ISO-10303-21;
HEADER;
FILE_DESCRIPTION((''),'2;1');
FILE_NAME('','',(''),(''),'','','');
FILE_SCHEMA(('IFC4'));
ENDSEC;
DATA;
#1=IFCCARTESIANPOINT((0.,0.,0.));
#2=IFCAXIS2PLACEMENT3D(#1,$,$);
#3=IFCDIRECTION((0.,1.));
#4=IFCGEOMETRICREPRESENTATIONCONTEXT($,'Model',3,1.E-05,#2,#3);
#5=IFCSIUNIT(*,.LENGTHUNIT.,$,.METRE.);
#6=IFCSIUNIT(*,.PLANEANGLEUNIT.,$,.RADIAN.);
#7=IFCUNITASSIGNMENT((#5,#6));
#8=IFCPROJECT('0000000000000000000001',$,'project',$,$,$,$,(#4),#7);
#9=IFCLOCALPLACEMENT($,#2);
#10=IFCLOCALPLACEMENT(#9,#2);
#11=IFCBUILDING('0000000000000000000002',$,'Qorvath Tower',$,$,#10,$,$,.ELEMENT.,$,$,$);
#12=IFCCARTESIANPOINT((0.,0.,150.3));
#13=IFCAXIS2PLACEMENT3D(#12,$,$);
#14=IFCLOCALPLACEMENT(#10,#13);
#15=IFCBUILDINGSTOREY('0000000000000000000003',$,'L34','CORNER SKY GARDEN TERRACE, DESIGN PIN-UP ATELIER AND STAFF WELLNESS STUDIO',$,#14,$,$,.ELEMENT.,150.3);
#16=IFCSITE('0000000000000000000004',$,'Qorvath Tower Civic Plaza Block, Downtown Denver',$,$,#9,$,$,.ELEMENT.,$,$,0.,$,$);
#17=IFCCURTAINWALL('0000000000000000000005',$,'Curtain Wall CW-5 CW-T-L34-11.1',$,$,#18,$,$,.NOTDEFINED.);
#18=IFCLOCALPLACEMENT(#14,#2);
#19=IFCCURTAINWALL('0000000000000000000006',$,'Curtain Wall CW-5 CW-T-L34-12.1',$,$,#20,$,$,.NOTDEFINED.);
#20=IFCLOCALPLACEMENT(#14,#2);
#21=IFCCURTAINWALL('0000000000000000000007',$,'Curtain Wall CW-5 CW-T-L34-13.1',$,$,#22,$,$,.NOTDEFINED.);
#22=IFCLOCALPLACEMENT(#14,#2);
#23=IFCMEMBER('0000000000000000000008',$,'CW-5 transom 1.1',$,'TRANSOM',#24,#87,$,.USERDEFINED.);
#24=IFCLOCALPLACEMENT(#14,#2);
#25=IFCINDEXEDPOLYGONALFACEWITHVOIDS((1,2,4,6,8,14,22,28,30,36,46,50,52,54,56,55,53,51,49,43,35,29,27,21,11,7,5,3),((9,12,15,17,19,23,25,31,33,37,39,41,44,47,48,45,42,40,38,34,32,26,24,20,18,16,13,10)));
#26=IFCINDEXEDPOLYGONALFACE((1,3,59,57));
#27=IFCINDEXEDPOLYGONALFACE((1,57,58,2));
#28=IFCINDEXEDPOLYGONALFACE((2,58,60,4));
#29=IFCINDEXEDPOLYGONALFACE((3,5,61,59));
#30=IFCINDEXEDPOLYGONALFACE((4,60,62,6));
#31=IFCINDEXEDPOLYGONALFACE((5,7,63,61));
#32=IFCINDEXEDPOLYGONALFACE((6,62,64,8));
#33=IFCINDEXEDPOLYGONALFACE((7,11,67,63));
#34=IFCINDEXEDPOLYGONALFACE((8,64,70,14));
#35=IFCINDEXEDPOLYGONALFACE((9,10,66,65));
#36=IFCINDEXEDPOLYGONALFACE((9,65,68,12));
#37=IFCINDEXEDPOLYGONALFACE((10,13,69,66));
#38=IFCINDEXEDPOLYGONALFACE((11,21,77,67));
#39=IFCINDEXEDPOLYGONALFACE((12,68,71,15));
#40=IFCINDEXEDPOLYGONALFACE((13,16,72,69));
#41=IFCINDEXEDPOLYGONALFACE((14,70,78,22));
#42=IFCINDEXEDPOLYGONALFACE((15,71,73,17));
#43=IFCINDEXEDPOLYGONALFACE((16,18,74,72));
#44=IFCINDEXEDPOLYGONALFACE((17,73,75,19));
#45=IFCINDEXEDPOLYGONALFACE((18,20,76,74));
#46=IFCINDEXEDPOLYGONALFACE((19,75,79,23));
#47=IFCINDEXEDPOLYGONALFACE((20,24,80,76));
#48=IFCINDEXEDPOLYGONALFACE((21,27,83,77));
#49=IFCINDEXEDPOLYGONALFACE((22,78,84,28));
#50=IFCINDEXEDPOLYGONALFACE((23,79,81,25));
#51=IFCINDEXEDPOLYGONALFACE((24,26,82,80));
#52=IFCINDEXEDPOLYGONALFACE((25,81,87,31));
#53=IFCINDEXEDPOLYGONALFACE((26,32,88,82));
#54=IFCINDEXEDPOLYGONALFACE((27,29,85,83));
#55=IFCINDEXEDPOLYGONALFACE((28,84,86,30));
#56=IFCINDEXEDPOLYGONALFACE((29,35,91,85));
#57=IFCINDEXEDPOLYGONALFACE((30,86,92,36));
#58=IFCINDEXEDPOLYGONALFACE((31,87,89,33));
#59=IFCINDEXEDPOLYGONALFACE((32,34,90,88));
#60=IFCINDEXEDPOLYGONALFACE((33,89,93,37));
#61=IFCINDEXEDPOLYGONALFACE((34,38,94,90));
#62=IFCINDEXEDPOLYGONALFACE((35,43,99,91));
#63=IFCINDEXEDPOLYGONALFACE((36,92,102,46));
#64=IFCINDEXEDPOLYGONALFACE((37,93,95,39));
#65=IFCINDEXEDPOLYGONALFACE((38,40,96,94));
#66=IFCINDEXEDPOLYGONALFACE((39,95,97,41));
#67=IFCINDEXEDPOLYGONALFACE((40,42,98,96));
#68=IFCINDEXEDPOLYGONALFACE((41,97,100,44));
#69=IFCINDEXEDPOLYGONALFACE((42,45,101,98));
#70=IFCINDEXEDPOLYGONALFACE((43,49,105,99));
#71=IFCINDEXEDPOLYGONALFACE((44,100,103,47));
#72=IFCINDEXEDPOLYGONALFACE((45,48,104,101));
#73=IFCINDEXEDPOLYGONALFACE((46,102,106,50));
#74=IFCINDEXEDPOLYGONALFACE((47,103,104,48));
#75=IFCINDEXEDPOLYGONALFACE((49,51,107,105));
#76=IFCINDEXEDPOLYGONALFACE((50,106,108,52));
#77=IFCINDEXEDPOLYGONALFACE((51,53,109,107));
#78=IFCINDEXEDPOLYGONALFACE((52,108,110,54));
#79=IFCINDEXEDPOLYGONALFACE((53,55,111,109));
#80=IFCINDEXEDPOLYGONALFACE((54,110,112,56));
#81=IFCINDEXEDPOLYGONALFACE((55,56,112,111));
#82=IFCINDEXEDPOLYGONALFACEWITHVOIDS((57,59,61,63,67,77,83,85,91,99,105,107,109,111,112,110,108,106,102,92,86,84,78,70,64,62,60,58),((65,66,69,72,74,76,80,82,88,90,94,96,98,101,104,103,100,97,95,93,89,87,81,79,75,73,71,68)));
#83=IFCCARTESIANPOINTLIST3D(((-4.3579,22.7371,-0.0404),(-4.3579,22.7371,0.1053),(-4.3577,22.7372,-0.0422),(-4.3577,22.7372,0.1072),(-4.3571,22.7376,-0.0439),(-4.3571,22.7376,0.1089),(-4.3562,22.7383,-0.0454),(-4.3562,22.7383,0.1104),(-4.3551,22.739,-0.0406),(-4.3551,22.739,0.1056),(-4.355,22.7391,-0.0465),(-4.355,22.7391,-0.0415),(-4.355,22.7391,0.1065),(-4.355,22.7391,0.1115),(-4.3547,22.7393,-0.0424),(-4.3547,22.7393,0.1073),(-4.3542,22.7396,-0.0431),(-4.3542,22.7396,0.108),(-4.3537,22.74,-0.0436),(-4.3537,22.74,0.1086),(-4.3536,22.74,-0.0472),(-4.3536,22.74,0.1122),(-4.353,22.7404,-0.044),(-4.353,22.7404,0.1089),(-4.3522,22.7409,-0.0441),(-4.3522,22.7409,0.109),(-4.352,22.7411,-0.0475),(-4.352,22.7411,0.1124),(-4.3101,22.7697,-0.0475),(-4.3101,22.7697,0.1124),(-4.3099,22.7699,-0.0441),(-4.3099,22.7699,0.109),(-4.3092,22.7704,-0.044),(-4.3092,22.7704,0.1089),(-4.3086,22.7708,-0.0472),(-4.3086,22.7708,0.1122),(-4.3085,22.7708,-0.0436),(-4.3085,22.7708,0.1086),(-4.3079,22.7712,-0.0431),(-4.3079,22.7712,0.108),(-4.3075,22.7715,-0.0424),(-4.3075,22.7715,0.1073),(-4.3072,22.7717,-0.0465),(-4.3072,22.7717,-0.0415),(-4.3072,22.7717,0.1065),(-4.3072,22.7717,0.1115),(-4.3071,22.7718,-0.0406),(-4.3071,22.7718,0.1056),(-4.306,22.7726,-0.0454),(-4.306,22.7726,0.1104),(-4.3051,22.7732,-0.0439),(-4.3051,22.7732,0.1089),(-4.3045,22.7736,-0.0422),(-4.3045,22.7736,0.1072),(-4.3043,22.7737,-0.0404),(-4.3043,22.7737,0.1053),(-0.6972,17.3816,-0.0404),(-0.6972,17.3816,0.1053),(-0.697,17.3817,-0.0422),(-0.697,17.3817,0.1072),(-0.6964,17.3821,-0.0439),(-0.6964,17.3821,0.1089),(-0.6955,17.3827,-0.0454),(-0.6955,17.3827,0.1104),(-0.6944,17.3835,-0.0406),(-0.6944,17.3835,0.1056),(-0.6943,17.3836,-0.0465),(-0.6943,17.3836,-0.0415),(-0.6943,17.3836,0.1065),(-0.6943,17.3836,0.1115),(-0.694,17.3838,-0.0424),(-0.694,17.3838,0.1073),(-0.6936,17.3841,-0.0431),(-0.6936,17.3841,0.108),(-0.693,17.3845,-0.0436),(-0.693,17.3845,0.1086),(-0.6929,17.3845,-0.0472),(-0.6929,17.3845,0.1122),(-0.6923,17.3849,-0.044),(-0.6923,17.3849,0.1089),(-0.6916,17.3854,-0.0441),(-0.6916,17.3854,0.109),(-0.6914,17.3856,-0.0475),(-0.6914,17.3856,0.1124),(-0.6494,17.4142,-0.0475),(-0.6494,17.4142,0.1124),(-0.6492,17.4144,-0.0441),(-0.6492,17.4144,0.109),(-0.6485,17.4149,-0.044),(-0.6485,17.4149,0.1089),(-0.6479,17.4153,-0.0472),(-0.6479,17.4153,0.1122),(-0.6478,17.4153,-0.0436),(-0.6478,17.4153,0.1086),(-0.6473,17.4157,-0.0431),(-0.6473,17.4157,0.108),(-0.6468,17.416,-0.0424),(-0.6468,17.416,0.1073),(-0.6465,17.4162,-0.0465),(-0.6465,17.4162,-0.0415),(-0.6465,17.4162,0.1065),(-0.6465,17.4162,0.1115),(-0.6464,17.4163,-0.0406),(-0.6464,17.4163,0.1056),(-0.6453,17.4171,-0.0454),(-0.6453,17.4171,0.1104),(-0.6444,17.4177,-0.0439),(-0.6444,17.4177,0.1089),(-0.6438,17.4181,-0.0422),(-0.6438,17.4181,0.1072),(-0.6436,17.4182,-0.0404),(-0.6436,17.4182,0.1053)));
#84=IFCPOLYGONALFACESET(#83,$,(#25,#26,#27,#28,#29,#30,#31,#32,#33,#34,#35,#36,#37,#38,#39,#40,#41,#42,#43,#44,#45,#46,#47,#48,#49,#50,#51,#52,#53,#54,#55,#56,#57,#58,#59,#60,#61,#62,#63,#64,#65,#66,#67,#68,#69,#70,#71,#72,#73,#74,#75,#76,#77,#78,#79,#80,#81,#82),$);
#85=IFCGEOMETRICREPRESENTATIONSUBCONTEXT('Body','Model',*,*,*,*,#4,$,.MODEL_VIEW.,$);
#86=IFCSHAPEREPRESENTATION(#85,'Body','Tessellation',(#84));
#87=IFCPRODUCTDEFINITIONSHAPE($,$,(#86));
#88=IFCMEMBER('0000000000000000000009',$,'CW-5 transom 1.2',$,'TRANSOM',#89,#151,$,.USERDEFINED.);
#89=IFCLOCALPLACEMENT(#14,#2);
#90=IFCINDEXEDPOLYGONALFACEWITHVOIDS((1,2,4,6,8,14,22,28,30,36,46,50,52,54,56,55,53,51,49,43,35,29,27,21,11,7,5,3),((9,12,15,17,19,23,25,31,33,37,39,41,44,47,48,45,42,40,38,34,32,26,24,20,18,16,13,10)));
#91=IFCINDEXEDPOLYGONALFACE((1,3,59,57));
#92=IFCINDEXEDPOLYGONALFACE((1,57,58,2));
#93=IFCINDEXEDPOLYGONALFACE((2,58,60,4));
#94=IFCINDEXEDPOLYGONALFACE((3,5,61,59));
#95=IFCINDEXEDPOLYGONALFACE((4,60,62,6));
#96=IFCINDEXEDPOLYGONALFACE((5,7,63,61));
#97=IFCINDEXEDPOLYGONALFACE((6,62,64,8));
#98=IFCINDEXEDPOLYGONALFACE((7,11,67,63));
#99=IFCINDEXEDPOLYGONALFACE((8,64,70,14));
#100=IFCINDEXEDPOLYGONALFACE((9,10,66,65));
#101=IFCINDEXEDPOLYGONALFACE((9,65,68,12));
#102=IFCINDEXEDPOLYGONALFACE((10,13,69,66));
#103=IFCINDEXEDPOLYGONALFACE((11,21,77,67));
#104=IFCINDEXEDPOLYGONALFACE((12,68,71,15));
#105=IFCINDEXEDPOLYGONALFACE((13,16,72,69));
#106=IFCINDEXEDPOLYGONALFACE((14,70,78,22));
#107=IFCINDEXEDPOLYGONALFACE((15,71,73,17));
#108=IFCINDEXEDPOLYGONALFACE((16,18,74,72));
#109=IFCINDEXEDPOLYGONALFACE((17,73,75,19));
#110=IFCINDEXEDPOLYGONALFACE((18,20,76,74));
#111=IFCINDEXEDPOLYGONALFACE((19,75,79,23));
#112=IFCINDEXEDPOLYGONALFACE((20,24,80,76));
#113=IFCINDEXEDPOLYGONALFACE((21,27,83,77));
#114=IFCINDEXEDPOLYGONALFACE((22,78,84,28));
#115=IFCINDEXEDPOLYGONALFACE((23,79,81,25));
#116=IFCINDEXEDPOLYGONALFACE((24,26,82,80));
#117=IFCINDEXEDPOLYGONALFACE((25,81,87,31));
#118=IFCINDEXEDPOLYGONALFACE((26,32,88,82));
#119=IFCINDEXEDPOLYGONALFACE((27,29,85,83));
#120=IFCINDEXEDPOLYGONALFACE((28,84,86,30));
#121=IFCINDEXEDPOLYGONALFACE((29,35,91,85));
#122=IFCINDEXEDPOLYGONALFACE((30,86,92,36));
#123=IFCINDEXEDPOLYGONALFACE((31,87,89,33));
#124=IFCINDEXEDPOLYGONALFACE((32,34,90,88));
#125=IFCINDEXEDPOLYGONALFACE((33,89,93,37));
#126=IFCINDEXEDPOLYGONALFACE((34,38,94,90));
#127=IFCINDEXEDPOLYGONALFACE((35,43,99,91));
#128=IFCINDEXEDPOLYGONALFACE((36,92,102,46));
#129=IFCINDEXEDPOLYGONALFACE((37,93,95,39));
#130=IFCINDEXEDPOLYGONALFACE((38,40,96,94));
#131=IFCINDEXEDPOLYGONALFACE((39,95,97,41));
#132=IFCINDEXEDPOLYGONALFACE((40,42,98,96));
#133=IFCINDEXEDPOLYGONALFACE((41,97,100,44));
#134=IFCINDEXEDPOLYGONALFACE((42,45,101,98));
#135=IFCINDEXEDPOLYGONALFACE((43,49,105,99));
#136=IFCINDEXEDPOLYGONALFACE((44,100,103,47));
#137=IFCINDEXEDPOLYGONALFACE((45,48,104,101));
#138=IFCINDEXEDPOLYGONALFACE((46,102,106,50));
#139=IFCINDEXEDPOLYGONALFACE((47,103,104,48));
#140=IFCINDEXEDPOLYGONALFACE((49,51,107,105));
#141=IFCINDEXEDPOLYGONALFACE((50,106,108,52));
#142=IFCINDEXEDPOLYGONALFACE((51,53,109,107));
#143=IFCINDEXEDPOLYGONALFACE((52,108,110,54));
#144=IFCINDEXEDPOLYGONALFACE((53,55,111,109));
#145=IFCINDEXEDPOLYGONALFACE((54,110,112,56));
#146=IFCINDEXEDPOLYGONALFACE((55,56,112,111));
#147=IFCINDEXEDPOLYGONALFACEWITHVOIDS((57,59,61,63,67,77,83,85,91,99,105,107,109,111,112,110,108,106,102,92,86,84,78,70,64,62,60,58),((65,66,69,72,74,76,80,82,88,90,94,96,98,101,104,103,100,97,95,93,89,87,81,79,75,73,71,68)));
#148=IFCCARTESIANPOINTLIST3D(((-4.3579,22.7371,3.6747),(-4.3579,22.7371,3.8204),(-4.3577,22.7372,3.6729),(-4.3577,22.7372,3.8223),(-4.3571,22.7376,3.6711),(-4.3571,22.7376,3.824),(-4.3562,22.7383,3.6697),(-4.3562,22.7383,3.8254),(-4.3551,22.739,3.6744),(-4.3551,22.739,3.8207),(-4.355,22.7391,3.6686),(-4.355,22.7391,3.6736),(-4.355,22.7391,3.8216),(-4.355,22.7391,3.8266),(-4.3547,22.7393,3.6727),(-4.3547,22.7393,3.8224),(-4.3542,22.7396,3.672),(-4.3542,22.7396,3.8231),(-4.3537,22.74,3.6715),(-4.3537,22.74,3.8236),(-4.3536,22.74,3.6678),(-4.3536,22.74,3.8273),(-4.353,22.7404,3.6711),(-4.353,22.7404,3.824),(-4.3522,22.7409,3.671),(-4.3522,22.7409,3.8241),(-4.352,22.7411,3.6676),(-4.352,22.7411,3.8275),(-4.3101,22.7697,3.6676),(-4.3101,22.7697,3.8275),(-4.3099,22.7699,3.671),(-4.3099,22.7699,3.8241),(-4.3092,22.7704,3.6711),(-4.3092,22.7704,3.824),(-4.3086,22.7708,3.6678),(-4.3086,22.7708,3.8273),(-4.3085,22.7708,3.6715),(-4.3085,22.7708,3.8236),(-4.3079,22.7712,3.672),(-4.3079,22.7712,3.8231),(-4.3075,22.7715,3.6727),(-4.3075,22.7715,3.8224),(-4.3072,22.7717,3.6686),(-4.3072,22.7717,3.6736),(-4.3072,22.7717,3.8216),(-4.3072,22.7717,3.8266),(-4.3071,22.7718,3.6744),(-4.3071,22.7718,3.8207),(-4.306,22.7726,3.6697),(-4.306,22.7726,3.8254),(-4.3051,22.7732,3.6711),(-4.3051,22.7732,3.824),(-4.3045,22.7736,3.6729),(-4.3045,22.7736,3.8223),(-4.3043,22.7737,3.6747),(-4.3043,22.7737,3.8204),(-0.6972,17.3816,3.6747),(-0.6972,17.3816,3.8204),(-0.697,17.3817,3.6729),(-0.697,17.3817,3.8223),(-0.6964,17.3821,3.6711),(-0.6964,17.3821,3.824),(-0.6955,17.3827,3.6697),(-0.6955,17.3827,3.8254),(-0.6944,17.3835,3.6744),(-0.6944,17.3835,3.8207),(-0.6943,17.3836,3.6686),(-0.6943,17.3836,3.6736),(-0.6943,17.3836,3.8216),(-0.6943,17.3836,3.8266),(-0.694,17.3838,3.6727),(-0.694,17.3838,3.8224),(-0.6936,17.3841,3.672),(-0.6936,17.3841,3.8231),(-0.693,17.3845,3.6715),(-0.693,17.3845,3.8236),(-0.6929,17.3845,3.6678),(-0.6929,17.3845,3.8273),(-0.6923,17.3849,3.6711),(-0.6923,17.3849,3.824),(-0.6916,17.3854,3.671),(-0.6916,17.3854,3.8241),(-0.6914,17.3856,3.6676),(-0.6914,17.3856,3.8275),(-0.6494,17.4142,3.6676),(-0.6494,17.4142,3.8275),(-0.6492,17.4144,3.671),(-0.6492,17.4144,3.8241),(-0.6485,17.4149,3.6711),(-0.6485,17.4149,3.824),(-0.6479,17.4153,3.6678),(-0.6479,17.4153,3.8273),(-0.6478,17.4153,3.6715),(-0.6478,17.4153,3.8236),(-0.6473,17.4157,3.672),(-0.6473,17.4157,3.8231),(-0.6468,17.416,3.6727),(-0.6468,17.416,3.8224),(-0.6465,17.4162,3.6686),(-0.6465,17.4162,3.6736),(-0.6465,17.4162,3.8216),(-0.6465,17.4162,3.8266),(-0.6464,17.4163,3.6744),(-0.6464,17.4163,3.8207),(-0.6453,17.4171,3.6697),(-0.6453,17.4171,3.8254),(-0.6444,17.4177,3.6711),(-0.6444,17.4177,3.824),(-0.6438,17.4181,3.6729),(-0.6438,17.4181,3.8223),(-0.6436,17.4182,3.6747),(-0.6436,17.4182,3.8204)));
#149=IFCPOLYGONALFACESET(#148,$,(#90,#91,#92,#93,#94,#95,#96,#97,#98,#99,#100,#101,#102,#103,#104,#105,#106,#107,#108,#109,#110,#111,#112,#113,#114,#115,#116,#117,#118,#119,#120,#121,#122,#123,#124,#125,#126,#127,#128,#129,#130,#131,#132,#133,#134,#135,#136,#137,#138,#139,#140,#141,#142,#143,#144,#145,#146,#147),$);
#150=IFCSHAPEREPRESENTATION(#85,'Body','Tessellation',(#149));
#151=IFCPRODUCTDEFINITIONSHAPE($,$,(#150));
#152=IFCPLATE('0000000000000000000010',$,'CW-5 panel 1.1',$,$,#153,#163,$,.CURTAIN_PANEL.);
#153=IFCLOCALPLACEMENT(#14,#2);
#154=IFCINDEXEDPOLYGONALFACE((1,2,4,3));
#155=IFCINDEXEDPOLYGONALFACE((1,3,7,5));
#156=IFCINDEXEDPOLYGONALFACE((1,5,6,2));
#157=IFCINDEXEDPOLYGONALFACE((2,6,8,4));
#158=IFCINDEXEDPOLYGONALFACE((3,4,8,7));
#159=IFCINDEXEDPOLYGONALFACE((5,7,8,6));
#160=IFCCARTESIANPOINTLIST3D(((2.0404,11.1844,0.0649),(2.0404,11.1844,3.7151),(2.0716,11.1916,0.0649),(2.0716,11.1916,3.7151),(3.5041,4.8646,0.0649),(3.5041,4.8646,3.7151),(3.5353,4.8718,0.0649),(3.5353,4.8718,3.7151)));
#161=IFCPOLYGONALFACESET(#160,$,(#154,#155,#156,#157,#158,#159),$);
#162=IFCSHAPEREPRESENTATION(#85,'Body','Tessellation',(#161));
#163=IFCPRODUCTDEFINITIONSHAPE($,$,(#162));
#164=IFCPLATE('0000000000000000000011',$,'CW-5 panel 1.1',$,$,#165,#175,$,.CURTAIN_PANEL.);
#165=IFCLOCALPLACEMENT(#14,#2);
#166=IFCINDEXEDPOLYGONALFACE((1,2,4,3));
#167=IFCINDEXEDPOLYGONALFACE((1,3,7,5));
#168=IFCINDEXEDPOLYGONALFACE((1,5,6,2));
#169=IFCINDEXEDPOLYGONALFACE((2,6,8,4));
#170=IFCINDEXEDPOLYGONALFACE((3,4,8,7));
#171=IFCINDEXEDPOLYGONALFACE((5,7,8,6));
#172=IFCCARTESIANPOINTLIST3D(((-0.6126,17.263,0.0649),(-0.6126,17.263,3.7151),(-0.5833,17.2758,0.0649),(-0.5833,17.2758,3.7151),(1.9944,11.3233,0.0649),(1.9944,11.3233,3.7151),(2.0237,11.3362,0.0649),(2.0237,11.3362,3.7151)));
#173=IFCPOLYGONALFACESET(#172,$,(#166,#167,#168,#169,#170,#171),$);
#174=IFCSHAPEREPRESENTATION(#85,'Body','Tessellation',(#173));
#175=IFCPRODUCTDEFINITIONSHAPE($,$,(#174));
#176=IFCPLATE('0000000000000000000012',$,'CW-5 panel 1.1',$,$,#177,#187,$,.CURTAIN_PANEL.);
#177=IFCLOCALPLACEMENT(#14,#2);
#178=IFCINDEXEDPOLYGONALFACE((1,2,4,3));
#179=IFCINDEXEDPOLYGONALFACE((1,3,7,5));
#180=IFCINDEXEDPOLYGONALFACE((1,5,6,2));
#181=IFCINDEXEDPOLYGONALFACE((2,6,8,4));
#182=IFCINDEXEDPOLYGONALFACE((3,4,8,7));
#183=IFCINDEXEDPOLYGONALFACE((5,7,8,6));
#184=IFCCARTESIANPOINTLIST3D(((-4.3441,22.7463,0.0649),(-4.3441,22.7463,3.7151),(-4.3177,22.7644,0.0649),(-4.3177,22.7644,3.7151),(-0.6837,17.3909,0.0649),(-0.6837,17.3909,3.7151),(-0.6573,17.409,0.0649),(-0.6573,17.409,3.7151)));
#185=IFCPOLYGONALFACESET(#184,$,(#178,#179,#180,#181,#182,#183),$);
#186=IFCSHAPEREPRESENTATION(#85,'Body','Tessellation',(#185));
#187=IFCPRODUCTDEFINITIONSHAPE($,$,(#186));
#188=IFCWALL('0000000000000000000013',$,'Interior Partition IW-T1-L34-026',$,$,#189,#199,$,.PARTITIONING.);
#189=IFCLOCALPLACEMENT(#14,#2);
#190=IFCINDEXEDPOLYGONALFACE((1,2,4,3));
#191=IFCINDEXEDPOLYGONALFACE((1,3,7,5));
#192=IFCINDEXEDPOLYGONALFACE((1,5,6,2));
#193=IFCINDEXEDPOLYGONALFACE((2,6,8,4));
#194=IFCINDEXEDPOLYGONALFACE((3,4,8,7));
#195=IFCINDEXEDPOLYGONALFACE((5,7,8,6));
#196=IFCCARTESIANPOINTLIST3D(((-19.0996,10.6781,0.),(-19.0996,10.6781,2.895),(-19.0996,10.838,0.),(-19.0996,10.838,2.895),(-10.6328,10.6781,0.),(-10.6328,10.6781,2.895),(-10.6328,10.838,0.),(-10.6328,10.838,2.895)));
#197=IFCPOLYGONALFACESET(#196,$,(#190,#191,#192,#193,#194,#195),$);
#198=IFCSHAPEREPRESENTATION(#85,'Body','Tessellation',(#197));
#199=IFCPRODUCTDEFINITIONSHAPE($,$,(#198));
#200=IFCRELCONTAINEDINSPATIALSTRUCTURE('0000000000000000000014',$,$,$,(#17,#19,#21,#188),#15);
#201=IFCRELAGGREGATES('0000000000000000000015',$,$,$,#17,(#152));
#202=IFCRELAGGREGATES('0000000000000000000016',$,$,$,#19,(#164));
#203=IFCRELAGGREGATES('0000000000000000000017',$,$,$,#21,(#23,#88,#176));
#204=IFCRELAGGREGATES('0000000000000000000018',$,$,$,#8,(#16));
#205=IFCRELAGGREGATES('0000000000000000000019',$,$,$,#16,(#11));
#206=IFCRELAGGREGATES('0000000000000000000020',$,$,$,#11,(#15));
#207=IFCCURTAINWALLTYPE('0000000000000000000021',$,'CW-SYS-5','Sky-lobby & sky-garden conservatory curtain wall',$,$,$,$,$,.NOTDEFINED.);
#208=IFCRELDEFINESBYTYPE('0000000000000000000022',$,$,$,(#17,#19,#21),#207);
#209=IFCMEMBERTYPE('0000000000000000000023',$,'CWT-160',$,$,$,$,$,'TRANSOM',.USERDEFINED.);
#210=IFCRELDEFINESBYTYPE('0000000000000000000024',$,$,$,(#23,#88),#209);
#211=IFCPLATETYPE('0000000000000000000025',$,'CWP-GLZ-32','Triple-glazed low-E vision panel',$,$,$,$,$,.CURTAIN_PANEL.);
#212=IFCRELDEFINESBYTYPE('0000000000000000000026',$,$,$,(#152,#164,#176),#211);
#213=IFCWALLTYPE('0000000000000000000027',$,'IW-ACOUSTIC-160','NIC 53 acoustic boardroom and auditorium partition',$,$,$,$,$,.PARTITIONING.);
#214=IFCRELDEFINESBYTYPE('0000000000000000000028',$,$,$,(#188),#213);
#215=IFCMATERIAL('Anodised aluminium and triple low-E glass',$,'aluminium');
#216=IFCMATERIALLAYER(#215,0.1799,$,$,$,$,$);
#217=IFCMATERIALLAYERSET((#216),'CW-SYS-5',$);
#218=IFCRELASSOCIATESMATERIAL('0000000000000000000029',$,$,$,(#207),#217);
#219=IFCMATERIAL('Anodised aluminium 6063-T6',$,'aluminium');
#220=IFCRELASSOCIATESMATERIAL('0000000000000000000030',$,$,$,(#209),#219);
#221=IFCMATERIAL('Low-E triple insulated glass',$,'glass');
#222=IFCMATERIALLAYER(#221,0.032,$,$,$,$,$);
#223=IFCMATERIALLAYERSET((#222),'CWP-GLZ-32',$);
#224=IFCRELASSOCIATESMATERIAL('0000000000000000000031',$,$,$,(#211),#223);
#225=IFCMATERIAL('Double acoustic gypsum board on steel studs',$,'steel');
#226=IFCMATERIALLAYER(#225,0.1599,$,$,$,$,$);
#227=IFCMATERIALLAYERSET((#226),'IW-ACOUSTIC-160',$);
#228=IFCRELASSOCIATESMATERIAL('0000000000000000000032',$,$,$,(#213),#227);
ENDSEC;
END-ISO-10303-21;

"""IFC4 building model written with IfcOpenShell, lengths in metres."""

from ifc_helpers import new_model, si_unit, direction, frame, frame_2d, origin, origin_2d, place, context, subcontext, project, spatial, rectangle, hollow_rectangle, extrude, material, layer, layer_set, material_profile, profile_set, type_object, element, aggregate, save


model = new_model("IFC4")

# Units and contexts
model_context = context("Model", 3, precision=1e-05, world=origin(), true_north=direction((0.0, 1.0)))
body_context = subcontext(model_context, "Body", "Model", "MODEL_VIEW")
ifc_project = project(units=[si_unit("LENGTHUNIT", "METRE"), si_unit("PLANEANGLEUNIT", "RADIAN")], contexts=[model_context])

# Site, building, storey
site_placement = place(None, origin())
site = spatial("IfcSite", under=ifc_project, at=site_placement, Name="Qorvath Tower Civic Plaza Block, Downtown Denver", CompositionType="ELEMENT", RefElevation=0.0)
building_placement = place(site_placement, origin())
building = spatial("IfcBuilding", under=site, at=building_placement, Name="Qorvath Tower", CompositionType="ELEMENT")
storey_placement = place(building_placement, frame((0.0, 0.0, 150.3)))
storey = spatial("IfcBuildingStorey", under=building, at=storey_placement, Name="L34", Description="CORNER SKY GARDEN TERRACE, DESIGN PIN-UP ATELIER AND STAFF WELLNESS STUDIO", CompositionType="ELEMENT", Elevation=150.3)

# Curtain wall
ifc_material_1 = material(Name="Anodised aluminium and triple low-E glass", Category="aluminium")
ifc_layer_1 = layer(ifc_material_1, 0.1799)
ifc_layer_set_1 = layer_set([ifc_layer_1], Name="CW-SYS-5")
curtain_wall_type = type_object("IfcCurtainWallType", Name="CW-SYS-5", Description="Sky-lobby & sky-garden conservatory curtain wall", PredefinedType="NOTDEFINED", material=ifc_layer_set_1)
curtain_wall_1_placement = place(storey_placement, origin())
curtain_wall_1 = element("IfcCurtainWall", 1, at=curtain_wall_1_placement, inside=storey, type_object=curtain_wall_type, Name="Curtain Wall CW-5 CW-T-L34-11.1", PredefinedType="NOTDEFINED")

# Curtain wall
curtain_wall_2_placement = place(storey_placement, origin())
curtain_wall_2 = element("IfcCurtainWall", 2, at=curtain_wall_2_placement, inside=storey, type_object=curtain_wall_type, Name="Curtain Wall CW-5 CW-T-L34-12.1", PredefinedType="NOTDEFINED")

# Curtain wall
curtain_wall_3_placement = place(storey_placement, origin())
curtain_wall_3 = element("IfcCurtainWall", 3, at=curtain_wall_3_placement, inside=storey, type_object=curtain_wall_type, Name="Curtain Wall CW-5 CW-T-L34-13.1", PredefinedType="NOTDEFINED")

# Members
ifc_material_2 = material(Name="Anodised aluminium 6063-T6", Category="aluminium")
ifc_material_profile_1 = material_profile(ifc_material_2, hollow_rectangle(XDim=0.0649, YDim=0.1599, WallThickness=0.0034, InnerFilletRadius=0.0034, OuterFilletRadius=0.0071, at=origin_2d()), Name="CWT 160x65")
ifc_profile_set_1 = profile_set([ifc_material_profile_1], Name="Anodised aluminium 6063-T6")
member_type_1 = type_object("IfcMemberType", Name="CWT-160", ElementType="TRANSOM", PredefinedType="USERDEFINED", material=ifc_profile_set_1)
member_1_placement = place(storey_placement, frame((-0.6704, 17.3999, 0.0325), z_axis=(-0.564303, 0.825567, 0.0), x_axis=(-0.825567, -0.564303, 0.0)))
member_1 = element("IfcMember", 4, at=member_1_placement, type_object=member_type_1, Name="CW-5 transom 1.1", ObjectType="TRANSOM", PredefinedType="USERDEFINED", context=body_context, shape_type="SweptSolid", body=[
    extrude(hollow_rectangle(XDim=0.0649, YDim=0.1599, WallThickness=0.0034, InnerFilletRadius=0.0034, OuterFilletRadius=0.0071, at=origin_2d()), origin(), (0.0, 0.0, 1.0), 6.4871),
])
member_2_placement = place(storey_placement, frame((-0.6704, 17.3999, 3.7476), z_axis=(-0.564303, 0.825567, 0.0), x_axis=(-0.825567, -0.564303, 0.0)))
member_2 = element("IfcMember", 5, at=member_2_placement, type_object=member_type_1, Name="CW-5 transom 1.2", ObjectType="TRANSOM", PredefinedType="USERDEFINED", context=body_context, shape_type="SweptSolid", body=[
    extrude(hollow_rectangle(XDim=0.0649, YDim=0.1599, WallThickness=0.0034, InnerFilletRadius=0.0034, OuterFilletRadius=0.0071, at=origin_2d()), origin(), (0.0, 0.0, 1.0), 6.4871),
])

# Plates
ifc_material_3 = material(Name="Low-E triple insulated glass", Category="glass")
ifc_layer_2 = layer(ifc_material_3, 0.032)
ifc_layer_set_2 = layer_set([ifc_layer_2], Name="CWP-GLZ-32")
plate_type = type_object("IfcPlateType", Name="CWP-GLZ-32", Description="Triple-glazed low-E vision panel", PredefinedType="CURTAIN_PANEL", material=ifc_layer_set_2)
plate_1_placement = place(storey_placement, frame((2.7878, 8.0281, 0.0649), z_axis=(0.0, 0.0, 1.0), x_axis=(-0.225631, 0.974213, 0.0)))
plate_1 = element("IfcPlate", 6, at=plate_1_placement, type_object=plate_type, Name="CW-5 panel 1.1", PredefinedType="CURTAIN_PANEL", context=body_context, shape_type="SweptSolid", body=[
    extrude(rectangle(XDim=6.4871, YDim=0.032, at=origin_2d()), origin(), (0.0, 0.0, 1.0), 3.6501),
])
aggregate(curtain_wall_1, [plate_1])
plate_2_placement = place(storey_placement, frame((0.7056, 14.2996, 0.0649), z_axis=(0.0, 0.0, 1.0), x_axis=(-0.401902, 0.915683, 0.0)))
plate_2 = element("IfcPlate", 7, at=plate_2_placement, type_object=plate_type, Name="CW-5 panel 1.1", PredefinedType="CURTAIN_PANEL", context=body_context, shape_type="SweptSolid", body=[
    extrude(rectangle(XDim=6.4866, YDim=0.032, at=origin_2d()), origin(), (0.0, 0.0, 1.0), 3.6501),
])
aggregate(curtain_wall_2, [plate_2])
plate_3_placement = place(storey_placement, frame((-2.5007, 20.0776, 0.0649), z_axis=(0.0, 0.0, 1.0), x_axis=(-0.564284, 0.825581, 0.0)))
plate_3 = element("IfcPlate", 8, at=plate_3_placement, type_object=plate_type, Name="CW-5 panel 1.1", PredefinedType="CURTAIN_PANEL", context=body_context, shape_type="SweptSolid", body=[
    extrude(rectangle(XDim=6.4868, YDim=0.032, at=origin_2d()), origin(), (0.0, 0.0, 1.0), 3.6501),
])
aggregate(curtain_wall_3, [member_1, member_2, plate_3])

# Wall
ifc_material_4 = material(Name="Double acoustic gypsum board on steel studs", Category="steel")
ifc_layer_3 = layer(ifc_material_4, 0.1599)
ifc_layer_set_3 = layer_set([ifc_layer_3], Name="IW-ACOUSTIC-160")
wall_type_1 = type_object("IfcWallType", Name="IW-ACOUSTIC-160", Description="NIC 53 acoustic boardroom and auditorium partition", PredefinedType="PARTITIONING", material=ifc_layer_set_3)
wall_1_placement = place(storey_placement, frame((-19.0996, 10.7581, 0.0), z_axis=(0.0, 0.0, 1.0), x_axis=(1.0, 0.0, 0.0)))
element("IfcWall", 9, at=wall_1_placement, inside=storey, type_object=wall_type_1, Name="Interior Partition IW-T1-L34-026", PredefinedType="PARTITIONING", context=body_context, shape_type="SweptSolid", body=[
    extrude(rectangle(XDim=8.4668, YDim=0.1599, at=frame_2d((4.2334, 0.0))), origin(), (0.0, 0.0, 1.0), 2.895),
])

save(model, "model.ifc")
